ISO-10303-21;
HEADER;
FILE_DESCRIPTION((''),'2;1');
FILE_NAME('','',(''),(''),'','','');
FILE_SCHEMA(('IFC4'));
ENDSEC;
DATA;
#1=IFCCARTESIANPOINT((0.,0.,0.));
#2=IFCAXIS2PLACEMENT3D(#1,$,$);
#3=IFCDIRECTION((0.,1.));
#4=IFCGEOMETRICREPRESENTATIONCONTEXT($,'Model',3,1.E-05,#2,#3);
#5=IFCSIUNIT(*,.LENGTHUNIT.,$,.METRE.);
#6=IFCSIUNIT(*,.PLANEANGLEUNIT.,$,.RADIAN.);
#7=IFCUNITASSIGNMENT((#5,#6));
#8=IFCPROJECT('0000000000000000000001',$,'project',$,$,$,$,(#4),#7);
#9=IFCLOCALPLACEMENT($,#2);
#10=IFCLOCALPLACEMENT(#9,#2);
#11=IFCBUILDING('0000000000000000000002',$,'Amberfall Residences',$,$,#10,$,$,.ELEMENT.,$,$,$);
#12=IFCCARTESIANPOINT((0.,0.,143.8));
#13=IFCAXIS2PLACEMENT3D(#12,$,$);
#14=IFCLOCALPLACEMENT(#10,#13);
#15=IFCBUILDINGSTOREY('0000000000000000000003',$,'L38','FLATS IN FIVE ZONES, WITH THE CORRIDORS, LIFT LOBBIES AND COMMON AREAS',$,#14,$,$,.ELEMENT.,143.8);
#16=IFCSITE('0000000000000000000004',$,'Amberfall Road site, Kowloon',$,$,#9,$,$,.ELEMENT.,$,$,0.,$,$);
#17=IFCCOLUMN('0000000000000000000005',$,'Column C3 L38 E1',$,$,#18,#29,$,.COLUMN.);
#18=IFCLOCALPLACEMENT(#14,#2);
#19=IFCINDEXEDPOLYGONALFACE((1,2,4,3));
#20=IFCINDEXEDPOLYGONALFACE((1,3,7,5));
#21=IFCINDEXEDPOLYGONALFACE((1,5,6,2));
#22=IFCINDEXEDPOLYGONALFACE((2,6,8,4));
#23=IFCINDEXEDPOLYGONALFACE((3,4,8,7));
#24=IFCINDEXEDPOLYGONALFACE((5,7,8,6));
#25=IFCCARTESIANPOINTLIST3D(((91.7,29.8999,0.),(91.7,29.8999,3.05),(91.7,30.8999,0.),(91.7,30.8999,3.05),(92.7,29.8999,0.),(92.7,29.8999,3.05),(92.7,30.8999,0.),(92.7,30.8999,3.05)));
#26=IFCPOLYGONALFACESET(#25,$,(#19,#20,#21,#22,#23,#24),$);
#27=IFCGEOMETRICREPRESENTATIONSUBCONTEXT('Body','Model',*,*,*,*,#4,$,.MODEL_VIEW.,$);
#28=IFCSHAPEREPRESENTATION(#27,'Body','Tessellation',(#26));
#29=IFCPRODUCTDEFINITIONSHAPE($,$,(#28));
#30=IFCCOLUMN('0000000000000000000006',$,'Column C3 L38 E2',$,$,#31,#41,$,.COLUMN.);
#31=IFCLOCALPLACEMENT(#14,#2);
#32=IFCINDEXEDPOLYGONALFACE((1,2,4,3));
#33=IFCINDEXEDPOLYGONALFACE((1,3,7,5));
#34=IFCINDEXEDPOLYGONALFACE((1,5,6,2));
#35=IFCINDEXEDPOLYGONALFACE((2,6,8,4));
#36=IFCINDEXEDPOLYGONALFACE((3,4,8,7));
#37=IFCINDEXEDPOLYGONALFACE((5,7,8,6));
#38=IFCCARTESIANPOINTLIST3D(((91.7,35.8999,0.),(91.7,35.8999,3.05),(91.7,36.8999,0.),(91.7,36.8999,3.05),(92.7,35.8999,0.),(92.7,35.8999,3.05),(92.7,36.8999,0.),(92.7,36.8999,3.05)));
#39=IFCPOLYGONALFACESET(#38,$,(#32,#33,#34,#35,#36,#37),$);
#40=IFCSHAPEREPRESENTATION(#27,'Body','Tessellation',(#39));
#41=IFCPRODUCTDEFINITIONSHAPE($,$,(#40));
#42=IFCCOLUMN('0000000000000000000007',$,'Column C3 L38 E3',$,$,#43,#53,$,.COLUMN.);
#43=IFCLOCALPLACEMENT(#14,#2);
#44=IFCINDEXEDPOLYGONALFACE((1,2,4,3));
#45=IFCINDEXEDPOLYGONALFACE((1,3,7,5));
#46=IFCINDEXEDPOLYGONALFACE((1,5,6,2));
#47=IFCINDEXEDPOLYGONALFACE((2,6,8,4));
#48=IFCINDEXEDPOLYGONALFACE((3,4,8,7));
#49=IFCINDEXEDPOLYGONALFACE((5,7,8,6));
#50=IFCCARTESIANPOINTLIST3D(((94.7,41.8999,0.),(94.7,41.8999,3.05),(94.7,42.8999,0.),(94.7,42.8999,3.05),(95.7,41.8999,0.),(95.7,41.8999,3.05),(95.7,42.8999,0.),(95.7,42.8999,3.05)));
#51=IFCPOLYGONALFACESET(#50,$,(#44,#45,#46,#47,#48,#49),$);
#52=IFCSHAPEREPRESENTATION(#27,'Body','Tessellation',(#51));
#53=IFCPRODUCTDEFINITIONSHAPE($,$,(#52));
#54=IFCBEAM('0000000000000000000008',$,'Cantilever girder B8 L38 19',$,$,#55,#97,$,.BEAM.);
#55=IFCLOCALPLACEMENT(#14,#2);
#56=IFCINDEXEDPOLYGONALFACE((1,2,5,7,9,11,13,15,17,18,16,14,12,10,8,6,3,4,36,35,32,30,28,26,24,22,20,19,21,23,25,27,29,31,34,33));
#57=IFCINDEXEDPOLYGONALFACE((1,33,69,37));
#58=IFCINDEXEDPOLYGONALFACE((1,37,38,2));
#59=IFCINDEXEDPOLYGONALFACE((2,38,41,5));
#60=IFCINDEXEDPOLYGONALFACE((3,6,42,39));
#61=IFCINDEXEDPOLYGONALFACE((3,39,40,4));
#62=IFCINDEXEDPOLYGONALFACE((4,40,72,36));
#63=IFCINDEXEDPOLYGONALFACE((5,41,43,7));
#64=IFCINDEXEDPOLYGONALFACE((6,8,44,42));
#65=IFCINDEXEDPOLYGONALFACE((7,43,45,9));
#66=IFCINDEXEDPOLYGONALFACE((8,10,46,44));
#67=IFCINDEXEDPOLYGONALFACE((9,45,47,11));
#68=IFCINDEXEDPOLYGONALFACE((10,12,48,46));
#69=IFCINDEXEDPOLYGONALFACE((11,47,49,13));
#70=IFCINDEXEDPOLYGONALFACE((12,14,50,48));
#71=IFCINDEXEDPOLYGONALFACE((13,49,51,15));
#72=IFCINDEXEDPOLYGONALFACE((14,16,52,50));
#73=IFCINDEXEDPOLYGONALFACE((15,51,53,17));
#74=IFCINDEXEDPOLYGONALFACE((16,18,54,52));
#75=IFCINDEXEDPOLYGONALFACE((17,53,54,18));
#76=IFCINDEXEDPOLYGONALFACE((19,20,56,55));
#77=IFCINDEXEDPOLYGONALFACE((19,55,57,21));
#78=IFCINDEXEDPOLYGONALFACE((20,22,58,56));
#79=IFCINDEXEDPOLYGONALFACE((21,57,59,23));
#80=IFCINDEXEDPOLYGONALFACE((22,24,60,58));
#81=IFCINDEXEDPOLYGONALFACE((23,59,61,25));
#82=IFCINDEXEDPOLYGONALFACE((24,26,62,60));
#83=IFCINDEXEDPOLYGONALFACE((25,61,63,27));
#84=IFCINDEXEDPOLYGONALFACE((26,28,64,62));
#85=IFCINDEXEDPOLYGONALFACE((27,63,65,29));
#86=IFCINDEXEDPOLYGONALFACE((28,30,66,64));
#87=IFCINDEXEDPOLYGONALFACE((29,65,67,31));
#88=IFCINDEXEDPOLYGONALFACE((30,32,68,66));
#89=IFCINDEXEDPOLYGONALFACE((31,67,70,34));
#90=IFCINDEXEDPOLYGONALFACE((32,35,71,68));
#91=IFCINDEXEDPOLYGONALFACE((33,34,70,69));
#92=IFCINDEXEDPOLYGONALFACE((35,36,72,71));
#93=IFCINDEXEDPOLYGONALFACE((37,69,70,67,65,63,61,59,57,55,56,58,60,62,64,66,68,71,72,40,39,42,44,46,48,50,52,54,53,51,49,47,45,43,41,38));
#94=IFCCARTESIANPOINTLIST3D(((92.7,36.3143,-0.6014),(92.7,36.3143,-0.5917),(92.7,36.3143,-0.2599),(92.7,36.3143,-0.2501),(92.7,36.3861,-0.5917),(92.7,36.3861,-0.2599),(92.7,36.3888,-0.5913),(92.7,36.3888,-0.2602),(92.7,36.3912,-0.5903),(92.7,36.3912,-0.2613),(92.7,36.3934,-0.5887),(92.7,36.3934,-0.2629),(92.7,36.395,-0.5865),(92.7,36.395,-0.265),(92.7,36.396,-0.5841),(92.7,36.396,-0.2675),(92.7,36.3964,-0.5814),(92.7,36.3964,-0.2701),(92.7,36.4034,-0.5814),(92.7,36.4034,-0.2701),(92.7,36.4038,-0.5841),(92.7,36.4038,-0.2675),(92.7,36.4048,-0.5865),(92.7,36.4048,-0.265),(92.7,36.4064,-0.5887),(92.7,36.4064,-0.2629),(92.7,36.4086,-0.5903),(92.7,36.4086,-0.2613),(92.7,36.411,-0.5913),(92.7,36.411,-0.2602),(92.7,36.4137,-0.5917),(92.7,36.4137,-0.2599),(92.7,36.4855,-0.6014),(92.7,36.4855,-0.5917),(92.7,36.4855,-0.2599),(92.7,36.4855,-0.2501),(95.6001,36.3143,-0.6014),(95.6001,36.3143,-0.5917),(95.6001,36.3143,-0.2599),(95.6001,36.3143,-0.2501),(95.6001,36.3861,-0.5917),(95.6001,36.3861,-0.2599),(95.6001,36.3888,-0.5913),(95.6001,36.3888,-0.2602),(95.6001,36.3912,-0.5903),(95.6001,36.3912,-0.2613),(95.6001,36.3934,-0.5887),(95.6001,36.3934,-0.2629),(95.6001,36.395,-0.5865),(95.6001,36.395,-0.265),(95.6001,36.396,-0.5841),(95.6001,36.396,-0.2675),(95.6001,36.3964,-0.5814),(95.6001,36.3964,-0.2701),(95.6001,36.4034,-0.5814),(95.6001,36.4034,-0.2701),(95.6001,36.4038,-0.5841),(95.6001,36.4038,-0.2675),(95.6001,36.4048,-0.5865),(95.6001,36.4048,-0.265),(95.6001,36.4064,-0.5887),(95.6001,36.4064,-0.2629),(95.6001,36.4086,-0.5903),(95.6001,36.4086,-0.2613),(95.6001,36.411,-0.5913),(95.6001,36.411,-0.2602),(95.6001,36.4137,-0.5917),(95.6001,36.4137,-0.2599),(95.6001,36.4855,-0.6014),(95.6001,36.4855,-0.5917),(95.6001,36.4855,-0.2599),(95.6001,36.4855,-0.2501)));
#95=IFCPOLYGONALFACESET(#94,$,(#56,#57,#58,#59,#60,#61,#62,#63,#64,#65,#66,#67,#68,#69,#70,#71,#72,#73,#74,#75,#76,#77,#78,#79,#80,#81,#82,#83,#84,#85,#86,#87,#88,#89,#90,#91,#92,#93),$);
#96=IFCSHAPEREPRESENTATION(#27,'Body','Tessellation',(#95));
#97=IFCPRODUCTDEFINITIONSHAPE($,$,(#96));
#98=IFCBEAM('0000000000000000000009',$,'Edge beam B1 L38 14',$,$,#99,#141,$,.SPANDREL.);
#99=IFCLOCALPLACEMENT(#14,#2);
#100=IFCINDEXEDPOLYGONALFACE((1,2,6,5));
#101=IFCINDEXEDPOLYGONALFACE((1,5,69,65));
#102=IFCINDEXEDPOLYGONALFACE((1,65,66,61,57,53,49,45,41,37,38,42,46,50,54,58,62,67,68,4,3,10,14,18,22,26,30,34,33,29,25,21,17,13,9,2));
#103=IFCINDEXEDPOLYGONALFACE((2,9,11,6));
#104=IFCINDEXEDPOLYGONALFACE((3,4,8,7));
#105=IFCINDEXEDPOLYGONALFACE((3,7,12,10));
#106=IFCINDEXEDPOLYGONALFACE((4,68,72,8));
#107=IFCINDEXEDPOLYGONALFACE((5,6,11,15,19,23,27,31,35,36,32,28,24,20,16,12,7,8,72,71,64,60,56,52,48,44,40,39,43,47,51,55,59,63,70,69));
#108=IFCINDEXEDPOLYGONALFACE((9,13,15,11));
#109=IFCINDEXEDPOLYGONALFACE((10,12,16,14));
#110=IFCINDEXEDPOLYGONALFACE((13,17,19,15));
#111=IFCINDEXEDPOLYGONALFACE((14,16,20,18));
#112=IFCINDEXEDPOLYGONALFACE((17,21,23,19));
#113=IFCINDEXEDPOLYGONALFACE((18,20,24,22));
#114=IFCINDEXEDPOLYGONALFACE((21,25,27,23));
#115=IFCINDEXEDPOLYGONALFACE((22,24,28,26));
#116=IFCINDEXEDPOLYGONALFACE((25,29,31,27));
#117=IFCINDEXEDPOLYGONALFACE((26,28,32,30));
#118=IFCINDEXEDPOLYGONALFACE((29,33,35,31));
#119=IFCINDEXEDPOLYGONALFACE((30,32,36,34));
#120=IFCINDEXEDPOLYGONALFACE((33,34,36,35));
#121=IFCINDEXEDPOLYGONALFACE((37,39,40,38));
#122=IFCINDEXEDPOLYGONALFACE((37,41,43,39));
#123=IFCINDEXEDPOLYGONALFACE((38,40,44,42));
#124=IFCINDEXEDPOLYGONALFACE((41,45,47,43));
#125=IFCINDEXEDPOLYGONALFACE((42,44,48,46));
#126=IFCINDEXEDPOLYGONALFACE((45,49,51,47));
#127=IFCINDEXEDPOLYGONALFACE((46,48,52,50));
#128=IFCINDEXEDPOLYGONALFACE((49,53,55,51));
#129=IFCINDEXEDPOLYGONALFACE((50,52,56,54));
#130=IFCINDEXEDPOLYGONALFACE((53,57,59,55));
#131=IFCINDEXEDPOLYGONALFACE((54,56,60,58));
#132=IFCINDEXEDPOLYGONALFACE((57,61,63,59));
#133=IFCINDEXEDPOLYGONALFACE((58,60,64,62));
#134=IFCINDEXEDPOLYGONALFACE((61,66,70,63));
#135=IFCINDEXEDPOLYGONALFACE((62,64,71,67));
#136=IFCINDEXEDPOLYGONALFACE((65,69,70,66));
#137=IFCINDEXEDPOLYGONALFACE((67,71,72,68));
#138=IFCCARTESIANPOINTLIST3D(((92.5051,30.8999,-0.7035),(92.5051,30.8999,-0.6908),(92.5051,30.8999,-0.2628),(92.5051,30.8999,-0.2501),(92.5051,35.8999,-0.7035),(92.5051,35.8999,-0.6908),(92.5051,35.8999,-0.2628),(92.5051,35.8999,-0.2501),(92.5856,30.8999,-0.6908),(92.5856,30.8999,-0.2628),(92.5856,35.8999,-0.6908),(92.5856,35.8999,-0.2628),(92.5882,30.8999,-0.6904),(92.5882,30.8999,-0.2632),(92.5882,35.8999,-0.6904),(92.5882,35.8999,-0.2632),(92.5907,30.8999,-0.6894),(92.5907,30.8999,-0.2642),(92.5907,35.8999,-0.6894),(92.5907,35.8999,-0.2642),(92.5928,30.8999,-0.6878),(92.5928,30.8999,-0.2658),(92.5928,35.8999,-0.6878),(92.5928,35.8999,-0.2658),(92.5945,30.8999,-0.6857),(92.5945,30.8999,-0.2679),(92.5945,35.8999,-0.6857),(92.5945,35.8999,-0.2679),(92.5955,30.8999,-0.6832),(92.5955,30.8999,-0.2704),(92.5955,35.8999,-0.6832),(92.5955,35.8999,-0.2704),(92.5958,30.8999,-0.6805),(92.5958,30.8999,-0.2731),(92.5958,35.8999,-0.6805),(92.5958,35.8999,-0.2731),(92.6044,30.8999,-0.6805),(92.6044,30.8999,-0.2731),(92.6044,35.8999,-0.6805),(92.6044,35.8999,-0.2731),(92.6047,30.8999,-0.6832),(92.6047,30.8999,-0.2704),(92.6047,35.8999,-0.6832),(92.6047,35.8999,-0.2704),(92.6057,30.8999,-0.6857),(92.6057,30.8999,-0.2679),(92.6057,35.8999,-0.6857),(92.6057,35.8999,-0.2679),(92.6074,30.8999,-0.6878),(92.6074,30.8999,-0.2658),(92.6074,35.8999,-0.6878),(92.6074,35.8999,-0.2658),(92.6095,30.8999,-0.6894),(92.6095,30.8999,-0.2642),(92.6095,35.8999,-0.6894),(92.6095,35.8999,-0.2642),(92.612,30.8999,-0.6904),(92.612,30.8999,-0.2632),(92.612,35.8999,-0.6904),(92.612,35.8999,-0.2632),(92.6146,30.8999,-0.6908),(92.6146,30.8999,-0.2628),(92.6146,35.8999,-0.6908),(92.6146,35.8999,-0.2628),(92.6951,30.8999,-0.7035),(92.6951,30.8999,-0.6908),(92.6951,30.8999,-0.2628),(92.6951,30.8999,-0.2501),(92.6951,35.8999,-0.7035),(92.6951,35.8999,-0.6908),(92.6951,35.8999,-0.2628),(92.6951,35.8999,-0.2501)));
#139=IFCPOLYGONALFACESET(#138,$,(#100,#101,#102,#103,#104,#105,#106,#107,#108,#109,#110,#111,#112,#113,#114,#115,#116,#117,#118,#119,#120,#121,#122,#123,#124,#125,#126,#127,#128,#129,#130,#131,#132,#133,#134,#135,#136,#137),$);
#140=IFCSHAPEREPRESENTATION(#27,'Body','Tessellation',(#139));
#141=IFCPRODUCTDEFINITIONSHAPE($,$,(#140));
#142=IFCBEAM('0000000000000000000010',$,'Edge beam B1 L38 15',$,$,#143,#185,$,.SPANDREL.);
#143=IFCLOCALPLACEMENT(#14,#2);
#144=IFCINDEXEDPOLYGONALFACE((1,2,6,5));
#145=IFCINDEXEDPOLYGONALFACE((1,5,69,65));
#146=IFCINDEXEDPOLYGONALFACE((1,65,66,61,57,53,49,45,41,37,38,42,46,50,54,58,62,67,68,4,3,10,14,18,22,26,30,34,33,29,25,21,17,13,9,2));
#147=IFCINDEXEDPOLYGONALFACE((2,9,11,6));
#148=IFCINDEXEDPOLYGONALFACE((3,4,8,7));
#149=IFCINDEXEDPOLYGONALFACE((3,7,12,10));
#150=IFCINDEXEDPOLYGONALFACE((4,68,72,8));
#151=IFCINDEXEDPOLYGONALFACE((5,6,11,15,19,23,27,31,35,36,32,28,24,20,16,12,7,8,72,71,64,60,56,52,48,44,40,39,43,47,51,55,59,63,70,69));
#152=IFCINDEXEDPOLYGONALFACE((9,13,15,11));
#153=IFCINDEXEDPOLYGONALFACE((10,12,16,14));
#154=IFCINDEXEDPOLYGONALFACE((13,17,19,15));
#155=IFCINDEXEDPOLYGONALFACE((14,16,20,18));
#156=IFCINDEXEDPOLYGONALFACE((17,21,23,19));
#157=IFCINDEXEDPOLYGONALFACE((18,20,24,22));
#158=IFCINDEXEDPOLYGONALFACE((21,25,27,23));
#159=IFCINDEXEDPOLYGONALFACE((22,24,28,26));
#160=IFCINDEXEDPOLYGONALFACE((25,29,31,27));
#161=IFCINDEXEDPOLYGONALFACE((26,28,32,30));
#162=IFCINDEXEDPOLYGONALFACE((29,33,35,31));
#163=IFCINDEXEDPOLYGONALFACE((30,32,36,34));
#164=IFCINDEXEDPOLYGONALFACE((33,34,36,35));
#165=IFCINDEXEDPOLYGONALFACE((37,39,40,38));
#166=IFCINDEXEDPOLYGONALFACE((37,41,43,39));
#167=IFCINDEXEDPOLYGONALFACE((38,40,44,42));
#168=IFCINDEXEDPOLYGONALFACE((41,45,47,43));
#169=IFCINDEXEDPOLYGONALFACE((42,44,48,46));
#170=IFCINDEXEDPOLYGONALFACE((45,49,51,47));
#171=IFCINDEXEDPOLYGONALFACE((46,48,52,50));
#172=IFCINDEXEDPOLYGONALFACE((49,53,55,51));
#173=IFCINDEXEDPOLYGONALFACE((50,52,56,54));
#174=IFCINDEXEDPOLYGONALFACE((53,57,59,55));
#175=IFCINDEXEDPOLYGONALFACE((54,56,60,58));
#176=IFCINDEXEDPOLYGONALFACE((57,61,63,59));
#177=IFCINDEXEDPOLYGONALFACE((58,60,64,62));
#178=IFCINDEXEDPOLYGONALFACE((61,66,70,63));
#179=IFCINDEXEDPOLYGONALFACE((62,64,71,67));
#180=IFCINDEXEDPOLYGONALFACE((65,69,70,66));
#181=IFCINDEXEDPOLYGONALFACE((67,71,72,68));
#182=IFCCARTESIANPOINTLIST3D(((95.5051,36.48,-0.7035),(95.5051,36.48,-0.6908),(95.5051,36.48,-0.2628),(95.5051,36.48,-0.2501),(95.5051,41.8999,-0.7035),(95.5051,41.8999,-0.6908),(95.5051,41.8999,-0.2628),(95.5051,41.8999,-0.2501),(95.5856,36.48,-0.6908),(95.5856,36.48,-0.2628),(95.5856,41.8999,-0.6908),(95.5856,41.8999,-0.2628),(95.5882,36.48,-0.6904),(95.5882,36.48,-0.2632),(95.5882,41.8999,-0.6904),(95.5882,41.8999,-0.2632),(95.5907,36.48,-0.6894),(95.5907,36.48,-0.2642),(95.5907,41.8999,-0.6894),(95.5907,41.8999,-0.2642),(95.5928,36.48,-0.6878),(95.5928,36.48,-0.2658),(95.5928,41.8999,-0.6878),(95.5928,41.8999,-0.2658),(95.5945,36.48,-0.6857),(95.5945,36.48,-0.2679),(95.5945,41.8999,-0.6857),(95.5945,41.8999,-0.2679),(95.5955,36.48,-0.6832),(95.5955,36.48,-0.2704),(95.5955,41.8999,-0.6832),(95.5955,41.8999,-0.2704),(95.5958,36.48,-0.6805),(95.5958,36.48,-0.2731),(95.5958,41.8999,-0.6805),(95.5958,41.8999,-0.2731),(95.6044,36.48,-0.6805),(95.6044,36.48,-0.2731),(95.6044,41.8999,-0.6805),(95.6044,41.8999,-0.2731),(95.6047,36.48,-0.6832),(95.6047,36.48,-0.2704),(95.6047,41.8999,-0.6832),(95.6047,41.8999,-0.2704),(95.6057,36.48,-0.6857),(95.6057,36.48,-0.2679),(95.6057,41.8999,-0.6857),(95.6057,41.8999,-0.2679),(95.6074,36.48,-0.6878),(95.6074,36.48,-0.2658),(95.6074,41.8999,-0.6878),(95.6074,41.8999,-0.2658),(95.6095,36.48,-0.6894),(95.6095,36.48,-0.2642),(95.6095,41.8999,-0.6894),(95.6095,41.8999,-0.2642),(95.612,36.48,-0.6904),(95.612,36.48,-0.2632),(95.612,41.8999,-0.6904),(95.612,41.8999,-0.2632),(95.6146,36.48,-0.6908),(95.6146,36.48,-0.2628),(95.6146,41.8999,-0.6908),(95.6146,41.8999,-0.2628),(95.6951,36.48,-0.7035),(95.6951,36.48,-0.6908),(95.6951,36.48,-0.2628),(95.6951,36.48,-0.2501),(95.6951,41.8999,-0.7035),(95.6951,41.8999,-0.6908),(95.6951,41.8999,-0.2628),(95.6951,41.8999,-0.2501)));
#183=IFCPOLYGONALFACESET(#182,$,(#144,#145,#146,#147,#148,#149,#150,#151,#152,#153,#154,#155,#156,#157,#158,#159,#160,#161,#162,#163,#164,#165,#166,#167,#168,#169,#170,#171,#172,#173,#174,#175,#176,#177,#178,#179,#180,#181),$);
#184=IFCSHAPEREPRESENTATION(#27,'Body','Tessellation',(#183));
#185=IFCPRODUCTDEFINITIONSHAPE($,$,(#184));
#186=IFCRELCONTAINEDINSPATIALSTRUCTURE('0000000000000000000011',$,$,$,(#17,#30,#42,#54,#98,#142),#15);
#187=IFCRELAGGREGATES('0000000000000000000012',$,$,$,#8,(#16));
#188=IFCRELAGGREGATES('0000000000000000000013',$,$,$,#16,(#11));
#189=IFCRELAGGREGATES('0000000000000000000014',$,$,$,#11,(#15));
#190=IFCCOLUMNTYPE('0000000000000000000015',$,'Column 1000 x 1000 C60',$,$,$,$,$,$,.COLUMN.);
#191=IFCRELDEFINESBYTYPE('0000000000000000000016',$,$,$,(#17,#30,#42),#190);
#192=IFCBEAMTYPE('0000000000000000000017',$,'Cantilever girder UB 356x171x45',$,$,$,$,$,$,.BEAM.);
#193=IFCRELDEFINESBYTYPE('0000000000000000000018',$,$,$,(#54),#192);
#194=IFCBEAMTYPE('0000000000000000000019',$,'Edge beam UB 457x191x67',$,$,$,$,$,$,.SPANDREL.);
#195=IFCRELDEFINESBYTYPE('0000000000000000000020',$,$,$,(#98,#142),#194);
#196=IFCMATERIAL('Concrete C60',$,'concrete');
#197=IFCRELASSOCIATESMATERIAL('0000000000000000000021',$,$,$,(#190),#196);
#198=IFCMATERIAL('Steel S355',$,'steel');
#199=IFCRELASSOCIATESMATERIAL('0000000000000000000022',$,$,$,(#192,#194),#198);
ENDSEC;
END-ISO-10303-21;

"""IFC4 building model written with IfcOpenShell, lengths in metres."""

from ifc_helpers import new_model, si_unit, direction, frame, origin, origin_2d, place, context, subcontext, project, spatial, rectangle, i_section, extrude, material, material_profile, profile_set, type_object, element, save


model = new_model("IFC4")

# Units and contexts
model_context = context("Model", 3, precision=1e-05, world=origin(), true_north=direction((0.0, 1.0)))
body_context = subcontext(model_context, "Body", "Model", "MODEL_VIEW")
ifc_project = project(units=[si_unit("LENGTHUNIT", "METRE"), si_unit("PLANEANGLEUNIT", "RADIAN")], contexts=[model_context])

# Site, building, storey
site_placement = place(None, origin())
site = spatial("IfcSite", under=ifc_project, at=site_placement, Name="Amberfall Road site, Kowloon", CompositionType="ELEMENT", RefElevation=0.0)
building_placement = place(site_placement, origin())
building = spatial("IfcBuilding", under=site, at=building_placement, Name="Amberfall Residences", CompositionType="ELEMENT")
storey_placement = place(building_placement, frame((0.0, 0.0, 143.8)))
storey = spatial("IfcBuildingStorey", under=building, at=storey_placement, Name="L38", Description="FLATS IN FIVE ZONES, WITH THE CORRIDORS, LIFT LOBBIES AND COMMON AREAS", CompositionType="ELEMENT", Elevation=143.8)

# Columns
ifc_material_1 = material(Name="Concrete C60", Category="concrete")
ifc_material_profile_1 = material_profile(ifc_material_1, rectangle(XDim=1.0, YDim=1.0, at=origin_2d()), Name="Column 1000 x 1000 C60")
ifc_profile_set_1 = profile_set([ifc_material_profile_1], Name="Concrete C60")
column_type = type_object("IfcColumnType", Name="Column 1000 x 1000 C60", PredefinedType="COLUMN", material=ifc_profile_set_1)
for number, where, z_axis, x_axis, name in (
    (1, (92.2, 30.3999, 0.0), (0.0, 0.0, 1.0), (1.0, 0.0, 0.0), "Column C3 L38 E1"),
    (2, (92.2, 36.3999, 0.0), (0.0, 0.0, 1.0), (1.0, 0.0, 0.0), "Column C3 L38 E2"),
    (3, (95.2, 42.3999, 0.0), (0.0, 0.0, 1.0), (1.0, 0.0, 0.0), "Column C3 L38 E3"),
):
    element("IfcColumn", number, at=place(storey_placement, frame(where, z_axis=z_axis, x_axis=x_axis)), inside=storey, type_object=column_type, Name=name, PredefinedType="COLUMN", context=body_context, shape_type="SweptSolid", body=[
        extrude(rectangle(XDim=1.0, YDim=1.0, at=origin_2d()), origin(), (0.0, 0.0, 1.0), 3.05),
    ])

# Beams
ifc_material_2 = material(Name="Steel S355", Category="steel")
ifc_material_profile_2 = material_profile(ifc_material_2, i_section(OverallWidth=0.1711, OverallDepth=0.3513, WebThickness=0.0071, FlangeThickness=0.0098, FilletRadius=0.0103, at=origin_2d()), Name="UB 356x171x45")
ifc_profile_set_2 = profile_set([ifc_material_profile_2], Name="Steel S355")
beam_type_1 = type_object("IfcBeamType", Name="Cantilever girder UB 356x171x45", PredefinedType="BEAM", material=ifc_profile_set_2)
beam_1_placement = place(storey_placement, frame((92.7, 36.3999, -0.4258), z_axis=(1.0, 0.0, 0.0), x_axis=(0.0, 1.0, 0.0)))
element("IfcBeam", 4, at=beam_1_placement, inside=storey, type_object=beam_type_1, Name="Cantilever girder B8 L38 19", PredefinedType="BEAM", context=body_context, shape_type="SweptSolid", body=[
    extrude(i_section(OverallWidth=0.1711, OverallDepth=0.3513, WebThickness=0.0071, FlangeThickness=0.0098, FilletRadius=0.0103, at=origin_2d()), origin(), (0.0, 0.0, 1.0), 2.9001),
])
ifc_material_profile_3 = material_profile(ifc_material_2, i_section(OverallWidth=0.1899, OverallDepth=0.4534, WebThickness=0.0085, FlangeThickness=0.0127, FilletRadius=0.0103, at=origin_2d()), Name="UB 457x191x67")
ifc_profile_set_3 = profile_set([ifc_material_profile_3], Name="Steel S355")
beam_type_2 = type_object("IfcBeamType", Name="Edge beam UB 457x191x67", PredefinedType="SPANDREL", material=ifc_profile_set_3)
beam_2_placement = place(storey_placement, frame((92.6001, 30.8999, -0.4768), z_axis=(0.0, 1.0, 0.0), x_axis=(-1.0, 0.0, 0.0)))
element("IfcBeam", 5, at=beam_2_placement, inside=storey, type_object=beam_type_2, Name="Edge beam B1 L38 14", PredefinedType="SPANDREL", context=body_context, shape_type="SweptSolid", body=[
    extrude(i_section(OverallWidth=0.1899, OverallDepth=0.4534, WebThickness=0.0085, FlangeThickness=0.0127, FilletRadius=0.0103, at=origin_2d()), origin(), (0.0, 0.0, 1.0), 5.0),
])
beam_3_placement = place(storey_placement, frame((95.6001, 36.48, -0.4768), z_axis=(0.0, 1.0, 0.0), x_axis=(-1.0, 0.0, 0.0)))
element("IfcBeam", 6, at=beam_3_placement, inside=storey, type_object=beam_type_2, Name="Edge beam B1 L38 15", PredefinedType="SPANDREL", context=body_context, shape_type="SweptSolid", body=[
    extrude(i_section(OverallWidth=0.1899, OverallDepth=0.4534, WebThickness=0.0085, FlangeThickness=0.0127, FilletRadius=0.0103, at=origin_2d()), origin(), (0.0, 0.0, 1.0), 5.4199),
])

save(model, "model.ifc")
